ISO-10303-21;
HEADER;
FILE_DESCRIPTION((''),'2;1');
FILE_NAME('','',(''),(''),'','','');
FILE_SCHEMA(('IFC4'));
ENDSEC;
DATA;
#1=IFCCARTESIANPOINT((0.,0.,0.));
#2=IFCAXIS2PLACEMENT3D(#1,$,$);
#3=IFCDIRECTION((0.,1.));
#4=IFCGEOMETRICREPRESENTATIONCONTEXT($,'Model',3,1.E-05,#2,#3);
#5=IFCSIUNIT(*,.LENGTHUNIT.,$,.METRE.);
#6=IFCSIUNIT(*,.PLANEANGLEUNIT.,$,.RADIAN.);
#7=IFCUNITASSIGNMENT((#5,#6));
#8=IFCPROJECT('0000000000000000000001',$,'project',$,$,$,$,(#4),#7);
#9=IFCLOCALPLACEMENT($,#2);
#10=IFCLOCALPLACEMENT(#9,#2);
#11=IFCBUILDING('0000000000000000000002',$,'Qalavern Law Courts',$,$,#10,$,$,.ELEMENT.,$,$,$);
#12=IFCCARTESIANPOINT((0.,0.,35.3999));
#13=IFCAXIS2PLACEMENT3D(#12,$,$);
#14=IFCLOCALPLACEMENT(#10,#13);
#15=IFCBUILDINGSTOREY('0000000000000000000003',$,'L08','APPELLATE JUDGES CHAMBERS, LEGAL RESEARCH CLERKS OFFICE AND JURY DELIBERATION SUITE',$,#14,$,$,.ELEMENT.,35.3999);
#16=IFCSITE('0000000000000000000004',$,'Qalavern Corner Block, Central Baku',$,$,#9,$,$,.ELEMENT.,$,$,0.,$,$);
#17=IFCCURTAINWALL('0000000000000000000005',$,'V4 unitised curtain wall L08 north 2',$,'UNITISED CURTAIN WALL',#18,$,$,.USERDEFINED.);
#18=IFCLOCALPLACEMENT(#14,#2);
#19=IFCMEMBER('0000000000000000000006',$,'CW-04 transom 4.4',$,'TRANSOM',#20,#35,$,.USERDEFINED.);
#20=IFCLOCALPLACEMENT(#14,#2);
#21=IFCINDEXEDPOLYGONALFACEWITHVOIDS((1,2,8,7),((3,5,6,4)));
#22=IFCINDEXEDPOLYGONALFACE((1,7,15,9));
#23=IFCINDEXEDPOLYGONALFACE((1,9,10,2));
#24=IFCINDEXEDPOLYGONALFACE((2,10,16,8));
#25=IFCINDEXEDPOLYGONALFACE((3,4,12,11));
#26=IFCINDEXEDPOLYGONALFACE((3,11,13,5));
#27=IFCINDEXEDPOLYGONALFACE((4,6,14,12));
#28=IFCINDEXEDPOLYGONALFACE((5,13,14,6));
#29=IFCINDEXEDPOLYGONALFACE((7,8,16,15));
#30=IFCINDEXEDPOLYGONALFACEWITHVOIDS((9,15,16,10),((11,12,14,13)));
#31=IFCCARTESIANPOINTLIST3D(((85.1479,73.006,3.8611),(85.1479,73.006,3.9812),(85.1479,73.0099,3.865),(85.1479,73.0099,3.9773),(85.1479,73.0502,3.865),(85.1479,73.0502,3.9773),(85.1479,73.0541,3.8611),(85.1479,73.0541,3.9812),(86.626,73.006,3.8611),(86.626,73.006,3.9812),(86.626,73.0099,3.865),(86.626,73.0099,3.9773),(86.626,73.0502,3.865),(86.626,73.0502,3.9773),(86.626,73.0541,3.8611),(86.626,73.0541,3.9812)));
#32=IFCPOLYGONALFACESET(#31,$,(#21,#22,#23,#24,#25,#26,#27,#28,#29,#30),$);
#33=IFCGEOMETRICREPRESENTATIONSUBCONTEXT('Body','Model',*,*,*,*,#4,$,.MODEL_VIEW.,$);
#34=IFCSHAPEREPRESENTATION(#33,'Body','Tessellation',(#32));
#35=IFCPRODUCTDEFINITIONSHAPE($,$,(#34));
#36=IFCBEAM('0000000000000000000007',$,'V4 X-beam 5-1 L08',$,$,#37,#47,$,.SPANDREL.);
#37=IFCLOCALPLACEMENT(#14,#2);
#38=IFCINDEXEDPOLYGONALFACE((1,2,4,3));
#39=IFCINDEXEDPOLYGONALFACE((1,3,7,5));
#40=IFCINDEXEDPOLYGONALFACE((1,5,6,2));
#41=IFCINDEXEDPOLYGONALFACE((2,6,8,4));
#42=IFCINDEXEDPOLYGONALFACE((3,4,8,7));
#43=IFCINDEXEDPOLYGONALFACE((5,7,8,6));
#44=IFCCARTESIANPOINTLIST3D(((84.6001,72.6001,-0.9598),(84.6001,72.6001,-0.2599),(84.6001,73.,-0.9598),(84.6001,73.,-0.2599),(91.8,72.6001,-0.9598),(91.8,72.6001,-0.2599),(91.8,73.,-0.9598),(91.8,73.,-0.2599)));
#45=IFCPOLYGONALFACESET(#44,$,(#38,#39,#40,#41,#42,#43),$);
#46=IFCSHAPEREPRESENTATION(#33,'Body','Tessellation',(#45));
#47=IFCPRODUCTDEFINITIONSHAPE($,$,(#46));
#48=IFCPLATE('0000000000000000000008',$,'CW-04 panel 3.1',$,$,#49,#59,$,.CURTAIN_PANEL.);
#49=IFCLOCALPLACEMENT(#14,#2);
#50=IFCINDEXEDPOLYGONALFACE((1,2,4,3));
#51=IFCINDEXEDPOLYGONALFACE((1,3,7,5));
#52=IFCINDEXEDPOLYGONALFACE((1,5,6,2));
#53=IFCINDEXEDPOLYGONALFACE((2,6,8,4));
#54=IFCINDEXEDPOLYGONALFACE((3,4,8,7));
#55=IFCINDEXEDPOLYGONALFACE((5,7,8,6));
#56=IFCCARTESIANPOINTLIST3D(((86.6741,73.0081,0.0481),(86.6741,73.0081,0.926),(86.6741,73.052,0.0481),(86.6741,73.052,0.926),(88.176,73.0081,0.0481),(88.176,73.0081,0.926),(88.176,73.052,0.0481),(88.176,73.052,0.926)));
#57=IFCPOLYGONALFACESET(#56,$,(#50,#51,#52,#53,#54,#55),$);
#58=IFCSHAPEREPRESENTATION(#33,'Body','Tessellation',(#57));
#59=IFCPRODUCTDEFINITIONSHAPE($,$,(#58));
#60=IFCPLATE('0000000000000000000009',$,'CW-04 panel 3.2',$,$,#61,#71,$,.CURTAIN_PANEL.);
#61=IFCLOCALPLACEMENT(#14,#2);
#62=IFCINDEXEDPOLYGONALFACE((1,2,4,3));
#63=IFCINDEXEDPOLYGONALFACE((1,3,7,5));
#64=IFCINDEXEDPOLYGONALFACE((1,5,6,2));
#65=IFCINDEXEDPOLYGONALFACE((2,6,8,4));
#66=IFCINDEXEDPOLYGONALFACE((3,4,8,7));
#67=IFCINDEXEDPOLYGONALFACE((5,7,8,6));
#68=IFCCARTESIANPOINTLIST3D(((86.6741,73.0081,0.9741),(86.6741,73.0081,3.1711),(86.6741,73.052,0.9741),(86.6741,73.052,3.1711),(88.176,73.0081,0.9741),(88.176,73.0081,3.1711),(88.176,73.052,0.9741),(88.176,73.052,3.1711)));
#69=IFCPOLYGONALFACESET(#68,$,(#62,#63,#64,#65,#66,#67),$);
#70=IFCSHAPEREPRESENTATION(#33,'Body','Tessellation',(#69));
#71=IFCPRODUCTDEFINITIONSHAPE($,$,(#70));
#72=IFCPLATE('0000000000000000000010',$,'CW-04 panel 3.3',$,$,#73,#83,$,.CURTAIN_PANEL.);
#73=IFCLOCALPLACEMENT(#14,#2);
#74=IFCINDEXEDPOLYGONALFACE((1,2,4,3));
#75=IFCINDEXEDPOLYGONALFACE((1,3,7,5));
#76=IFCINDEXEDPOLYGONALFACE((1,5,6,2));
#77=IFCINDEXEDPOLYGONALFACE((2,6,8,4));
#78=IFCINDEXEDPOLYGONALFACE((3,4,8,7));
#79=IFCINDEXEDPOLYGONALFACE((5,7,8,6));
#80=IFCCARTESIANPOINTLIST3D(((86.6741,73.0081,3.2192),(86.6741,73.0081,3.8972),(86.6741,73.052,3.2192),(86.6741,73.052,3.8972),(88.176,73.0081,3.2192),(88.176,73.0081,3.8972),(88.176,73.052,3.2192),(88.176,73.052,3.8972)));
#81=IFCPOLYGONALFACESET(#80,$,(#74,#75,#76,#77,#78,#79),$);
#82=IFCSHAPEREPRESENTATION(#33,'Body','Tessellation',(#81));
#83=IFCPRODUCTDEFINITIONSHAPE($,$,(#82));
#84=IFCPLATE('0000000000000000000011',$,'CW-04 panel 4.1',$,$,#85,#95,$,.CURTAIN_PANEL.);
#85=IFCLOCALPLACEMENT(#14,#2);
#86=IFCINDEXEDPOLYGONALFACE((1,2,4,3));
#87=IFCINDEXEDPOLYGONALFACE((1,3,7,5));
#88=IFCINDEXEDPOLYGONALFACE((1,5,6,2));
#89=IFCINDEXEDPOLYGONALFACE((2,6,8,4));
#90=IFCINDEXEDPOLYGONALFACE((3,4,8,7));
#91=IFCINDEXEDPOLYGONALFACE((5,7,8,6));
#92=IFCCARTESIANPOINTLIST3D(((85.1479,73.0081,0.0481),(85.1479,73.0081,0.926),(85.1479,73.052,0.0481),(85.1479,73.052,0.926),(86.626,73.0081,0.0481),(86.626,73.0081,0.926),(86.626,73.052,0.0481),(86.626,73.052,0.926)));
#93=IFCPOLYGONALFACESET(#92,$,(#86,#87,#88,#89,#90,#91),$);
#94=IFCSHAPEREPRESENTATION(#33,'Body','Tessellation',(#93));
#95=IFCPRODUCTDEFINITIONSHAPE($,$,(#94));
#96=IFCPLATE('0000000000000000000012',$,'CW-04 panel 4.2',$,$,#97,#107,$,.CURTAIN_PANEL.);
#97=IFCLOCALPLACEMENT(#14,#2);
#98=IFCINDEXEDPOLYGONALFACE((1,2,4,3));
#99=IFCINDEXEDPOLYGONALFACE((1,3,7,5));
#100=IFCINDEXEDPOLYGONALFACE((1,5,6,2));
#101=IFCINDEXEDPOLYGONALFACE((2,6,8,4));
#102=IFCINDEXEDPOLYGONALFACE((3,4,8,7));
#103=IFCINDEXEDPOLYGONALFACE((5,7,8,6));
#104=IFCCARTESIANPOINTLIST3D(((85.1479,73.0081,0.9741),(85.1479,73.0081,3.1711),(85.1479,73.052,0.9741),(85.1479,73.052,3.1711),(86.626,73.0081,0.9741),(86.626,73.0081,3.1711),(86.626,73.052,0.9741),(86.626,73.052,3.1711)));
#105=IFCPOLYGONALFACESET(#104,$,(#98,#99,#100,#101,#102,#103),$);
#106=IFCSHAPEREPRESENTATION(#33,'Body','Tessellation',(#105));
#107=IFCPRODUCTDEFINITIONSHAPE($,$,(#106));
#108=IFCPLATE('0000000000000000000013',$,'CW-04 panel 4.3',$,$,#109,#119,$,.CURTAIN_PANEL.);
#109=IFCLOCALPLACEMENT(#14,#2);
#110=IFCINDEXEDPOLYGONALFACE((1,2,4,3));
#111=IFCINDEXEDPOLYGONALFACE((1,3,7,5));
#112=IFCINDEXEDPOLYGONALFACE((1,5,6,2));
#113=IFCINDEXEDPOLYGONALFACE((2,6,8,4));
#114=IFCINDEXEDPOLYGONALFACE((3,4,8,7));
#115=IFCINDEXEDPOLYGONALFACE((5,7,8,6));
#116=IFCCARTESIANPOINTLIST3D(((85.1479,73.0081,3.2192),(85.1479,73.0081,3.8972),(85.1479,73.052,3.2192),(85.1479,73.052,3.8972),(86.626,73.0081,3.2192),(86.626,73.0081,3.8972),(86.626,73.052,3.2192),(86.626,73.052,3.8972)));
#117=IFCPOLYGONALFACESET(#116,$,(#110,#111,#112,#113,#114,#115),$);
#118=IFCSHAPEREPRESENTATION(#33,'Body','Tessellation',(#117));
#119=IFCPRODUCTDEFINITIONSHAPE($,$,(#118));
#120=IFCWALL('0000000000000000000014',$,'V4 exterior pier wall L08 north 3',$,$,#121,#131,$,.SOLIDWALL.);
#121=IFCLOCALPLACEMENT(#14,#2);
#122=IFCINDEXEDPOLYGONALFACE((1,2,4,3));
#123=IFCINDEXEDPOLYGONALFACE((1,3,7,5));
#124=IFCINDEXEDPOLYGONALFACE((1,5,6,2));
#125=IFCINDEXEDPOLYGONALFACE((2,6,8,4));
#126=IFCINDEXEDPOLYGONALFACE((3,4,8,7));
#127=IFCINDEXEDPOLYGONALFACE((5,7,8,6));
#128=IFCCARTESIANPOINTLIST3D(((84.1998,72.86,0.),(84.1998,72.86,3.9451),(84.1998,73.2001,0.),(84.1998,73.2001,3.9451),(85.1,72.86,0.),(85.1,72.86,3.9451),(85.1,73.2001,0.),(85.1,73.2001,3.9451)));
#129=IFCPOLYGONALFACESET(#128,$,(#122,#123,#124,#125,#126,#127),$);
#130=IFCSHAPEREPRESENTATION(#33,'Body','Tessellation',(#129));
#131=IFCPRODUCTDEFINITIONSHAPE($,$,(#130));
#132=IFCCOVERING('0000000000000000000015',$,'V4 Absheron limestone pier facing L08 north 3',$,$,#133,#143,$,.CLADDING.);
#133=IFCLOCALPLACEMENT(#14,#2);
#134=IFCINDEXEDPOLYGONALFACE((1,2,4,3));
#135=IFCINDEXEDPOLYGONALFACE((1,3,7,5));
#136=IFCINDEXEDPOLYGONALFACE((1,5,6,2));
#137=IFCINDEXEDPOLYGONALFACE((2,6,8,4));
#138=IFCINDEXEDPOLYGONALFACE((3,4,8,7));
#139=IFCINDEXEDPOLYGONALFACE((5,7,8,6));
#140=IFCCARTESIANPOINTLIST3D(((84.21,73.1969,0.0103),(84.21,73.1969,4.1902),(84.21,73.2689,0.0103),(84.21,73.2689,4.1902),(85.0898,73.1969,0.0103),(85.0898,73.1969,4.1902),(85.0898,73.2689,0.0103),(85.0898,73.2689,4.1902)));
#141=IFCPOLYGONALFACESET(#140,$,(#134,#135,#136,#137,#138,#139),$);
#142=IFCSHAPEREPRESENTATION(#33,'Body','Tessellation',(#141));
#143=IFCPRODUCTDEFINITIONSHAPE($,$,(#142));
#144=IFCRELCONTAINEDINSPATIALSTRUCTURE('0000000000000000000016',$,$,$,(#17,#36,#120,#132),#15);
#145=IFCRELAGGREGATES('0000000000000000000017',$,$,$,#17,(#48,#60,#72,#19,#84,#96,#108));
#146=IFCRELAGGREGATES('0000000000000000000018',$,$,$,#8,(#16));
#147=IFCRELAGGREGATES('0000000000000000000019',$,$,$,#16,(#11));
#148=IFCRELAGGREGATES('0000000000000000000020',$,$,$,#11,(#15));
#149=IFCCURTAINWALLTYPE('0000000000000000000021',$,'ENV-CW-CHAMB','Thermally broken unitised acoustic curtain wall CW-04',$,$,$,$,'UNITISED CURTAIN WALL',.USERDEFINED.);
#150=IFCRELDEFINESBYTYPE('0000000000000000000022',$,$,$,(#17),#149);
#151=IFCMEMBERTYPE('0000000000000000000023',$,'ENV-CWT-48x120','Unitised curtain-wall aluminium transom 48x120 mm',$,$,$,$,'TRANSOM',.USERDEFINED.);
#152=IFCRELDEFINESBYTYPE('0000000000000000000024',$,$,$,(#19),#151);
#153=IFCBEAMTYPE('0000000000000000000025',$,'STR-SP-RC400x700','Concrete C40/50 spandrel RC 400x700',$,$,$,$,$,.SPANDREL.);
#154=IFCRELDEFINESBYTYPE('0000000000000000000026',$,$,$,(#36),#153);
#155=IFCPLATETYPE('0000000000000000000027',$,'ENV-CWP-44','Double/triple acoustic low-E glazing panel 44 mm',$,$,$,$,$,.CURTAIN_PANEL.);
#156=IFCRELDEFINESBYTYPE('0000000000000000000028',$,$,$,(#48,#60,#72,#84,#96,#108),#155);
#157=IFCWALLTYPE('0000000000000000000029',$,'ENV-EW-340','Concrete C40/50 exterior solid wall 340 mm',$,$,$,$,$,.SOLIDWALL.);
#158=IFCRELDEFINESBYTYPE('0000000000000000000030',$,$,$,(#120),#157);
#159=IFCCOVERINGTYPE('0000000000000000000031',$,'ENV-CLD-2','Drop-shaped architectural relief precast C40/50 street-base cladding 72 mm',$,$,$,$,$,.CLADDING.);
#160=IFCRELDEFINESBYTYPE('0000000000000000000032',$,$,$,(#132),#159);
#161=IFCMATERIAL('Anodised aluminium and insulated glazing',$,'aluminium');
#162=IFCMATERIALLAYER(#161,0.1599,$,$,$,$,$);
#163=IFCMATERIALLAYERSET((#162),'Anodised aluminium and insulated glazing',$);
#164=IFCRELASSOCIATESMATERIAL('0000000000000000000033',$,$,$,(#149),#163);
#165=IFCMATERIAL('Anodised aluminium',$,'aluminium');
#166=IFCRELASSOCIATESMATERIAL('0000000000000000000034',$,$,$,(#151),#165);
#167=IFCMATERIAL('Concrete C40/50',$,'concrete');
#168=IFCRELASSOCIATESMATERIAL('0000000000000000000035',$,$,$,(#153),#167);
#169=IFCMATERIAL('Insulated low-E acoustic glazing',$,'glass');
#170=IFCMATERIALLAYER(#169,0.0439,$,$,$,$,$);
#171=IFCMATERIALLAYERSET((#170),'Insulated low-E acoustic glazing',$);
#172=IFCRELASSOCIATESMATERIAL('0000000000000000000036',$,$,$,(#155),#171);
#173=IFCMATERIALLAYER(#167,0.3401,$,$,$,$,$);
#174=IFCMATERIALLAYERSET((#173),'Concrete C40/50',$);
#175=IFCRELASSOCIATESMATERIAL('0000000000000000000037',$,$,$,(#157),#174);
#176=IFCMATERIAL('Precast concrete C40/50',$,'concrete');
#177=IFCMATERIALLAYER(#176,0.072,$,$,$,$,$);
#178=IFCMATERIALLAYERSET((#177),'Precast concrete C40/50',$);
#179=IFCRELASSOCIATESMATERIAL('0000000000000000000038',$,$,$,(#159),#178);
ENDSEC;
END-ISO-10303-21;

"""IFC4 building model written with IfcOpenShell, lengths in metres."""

from ifc_helpers import new_model, si_unit, direction, frame, frame_2d, origin, origin_2d, place, context, subcontext, project, spatial, rectangle, hollow_rectangle, extrude, material, layer, layer_set, material_profile, profile_set, type_object, element, aggregate, save


model = new_model("IFC4")

# Units and contexts
model_context = context("Model", 3, precision=1e-05, world=origin(), true_north=direction((0.0, 1.0)))
body_context = subcontext(model_context, "Body", "Model", "MODEL_VIEW")
ifc_project = project(units=[si_unit("LENGTHUNIT", "METRE"), si_unit("PLANEANGLEUNIT", "RADIAN")], contexts=[model_context])

# Site, building, storey
site_placement = place(None, origin())
site = spatial("IfcSite", under=ifc_project, at=site_placement, Name="Qalavern Corner Block, Central Baku", CompositionType="ELEMENT", RefElevation=0.0)
building_placement = place(site_placement, origin())
building = spatial("IfcBuilding", under=site, at=building_placement, Name="Qalavern Law Courts", CompositionType="ELEMENT")
storey_placement = place(building_placement, frame((0.0, 0.0, 35.3999)))
storey = spatial("IfcBuildingStorey", under=building, at=storey_placement, Name="L08", Description="APPELLATE JUDGES CHAMBERS, LEGAL RESEARCH CLERKS OFFICE AND JURY DELIBERATION SUITE", CompositionType="ELEMENT", Elevation=35.3999)

# Curtain wall, member
ifc_material_1 = material(Name="Anodised aluminium and insulated glazing", Category="aluminium")
ifc_layer_1 = layer(ifc_material_1, 0.1599)
ifc_layer_set_1 = layer_set([ifc_layer_1], Name="Anodised aluminium and insulated glazing")
curtain_wall_type = type_object("IfcCurtainWallType", Name="ENV-CW-CHAMB", Description="Thermally broken unitised acoustic curtain wall CW-04", ElementType="UNITISED CURTAIN WALL", PredefinedType="USERDEFINED", material=ifc_layer_set_1)
curtain_wall_placement = place(storey_placement, origin())
curtain_wall = element("IfcCurtainWall", 1, at=curtain_wall_placement, inside=storey, type_object=curtain_wall_type, Name="V4 unitised curtain wall L08 north 2", ObjectType="UNITISED CURTAIN WALL", PredefinedType="USERDEFINED")
ifc_material_2 = material(Name="Anodised aluminium", Category="aluminium")
ifc_material_profile_1 = material_profile(ifc_material_2, hollow_rectangle(XDim=0.0481, YDim=0.1201, WallThickness=0.0039, at=origin_2d()), Name="ALU TRANSOM 48x120")
ifc_profile_set_1 = profile_set([ifc_material_profile_1], Name="Anodised aluminium")
member_type_1 = type_object("IfcMemberType", Name="ENV-CWT-48x120", Description="Unitised curtain-wall aluminium transom 48x120 mm", ElementType="TRANSOM", PredefinedType="USERDEFINED", material=ifc_profile_set_1)
member_1_placement = place(storey_placement, frame((86.626, 73.03, 3.9211), z_axis=(-1.0, 0.0, 0.0), x_axis=(0.0, -1.0, 0.0)))
member_1 = element("IfcMember", 2, at=member_1_placement, type_object=member_type_1, Name="CW-04 transom 4.4", ObjectType="TRANSOM", PredefinedType="USERDEFINED", context=body_context, shape_type="SweptSolid", body=[
    extrude(hollow_rectangle(XDim=0.0481, YDim=0.1201, WallThickness=0.0039, at=origin_2d()), origin(), (0.0, 0.0, 1.0), 1.478),
])

# Beam
ifc_material_3 = material(Name="Concrete C40/50", Category="concrete")
ifc_material_profile_2 = material_profile(ifc_material_3, rectangle(XDim=0.3999, YDim=0.7, at=origin_2d()), Name="RC 400x700")
ifc_profile_set_2 = profile_set([ifc_material_profile_2], Name="Concrete C40/50")
beam_type = type_object("IfcBeamType", Name="STR-SP-RC400x700", Description="Concrete C40/50 spandrel RC 400x700", PredefinedType="SPANDREL", material=ifc_profile_set_2)
beam_placement = place(storey_placement, frame((84.6001, 72.8, -0.6099), z_axis=(1.0, 0.0, 0.0), x_axis=(0.0, 1.0, 0.0)))
element("IfcBeam", 3, at=beam_placement, inside=storey, type_object=beam_type, Name="V4 X-beam 5-1 L08", PredefinedType="SPANDREL", context=body_context, shape_type="SweptSolid", body=[
    extrude(rectangle(XDim=0.3999, YDim=0.7, at=origin_2d()), origin(), (0.0, 0.0, 1.0), 7.2),
])

# Plates
ifc_material_4 = material(Name="Insulated low-E acoustic glazing", Category="glass")
ifc_layer_2 = layer(ifc_material_4, 0.0439)
ifc_layer_set_2 = layer_set([ifc_layer_2], Name="Insulated low-E acoustic glazing")
plate_type = type_object("IfcPlateType", Name="ENV-CWP-44", Description="Double/triple acoustic low-E glazing panel 44 mm", PredefinedType="CURTAIN_PANEL", material=ifc_layer_set_2)
plate_1_placement = place(storey_placement, frame((87.425, 73.03, 0.0481), z_axis=(0.0, 0.0, 1.0), x_axis=(-1.0, 0.0, 0.0)))
plate_1 = element("IfcPlate", 4, at=plate_1_placement, type_object=plate_type, Name="CW-04 panel 3.1", PredefinedType="CURTAIN_PANEL", context=body_context, shape_type="SweptSolid", body=[
    extrude(rectangle(XDim=1.502, YDim=0.0439, at=origin_2d()), origin(), (0.0, 0.0, 1.0), 0.8779),
])
plate_2_placement = place(storey_placement, frame((87.425, 73.03, 0.9741), z_axis=(0.0, 0.0, 1.0), x_axis=(-1.0, 0.0, 0.0)))
plate_2 = element("IfcPlate", 5, at=plate_2_placement, type_object=plate_type, Name="CW-04 panel 3.2", PredefinedType="CURTAIN_PANEL", context=body_context, shape_type="SweptSolid", body=[
    extrude(rectangle(XDim=1.502, YDim=0.0439, at=origin_2d()), origin(), (0.0, 0.0, 1.0), 2.197),
])
plate_3_placement = place(storey_placement, frame((87.425, 73.03, 3.2192), z_axis=(0.0, 0.0, 1.0), x_axis=(-1.0, 0.0, 0.0)))
plate_3 = element("IfcPlate", 6, at=plate_3_placement, type_object=plate_type, Name="CW-04 panel 3.3", PredefinedType="CURTAIN_PANEL", context=body_context, shape_type="SweptSolid", body=[
    extrude(rectangle(XDim=1.502, YDim=0.0439, at=origin_2d()), origin(), (0.0, 0.0, 1.0), 0.678),
])
plate_4_placement = place(storey_placement, frame((85.887, 73.03, 0.0481), z_axis=(0.0, 0.0, 1.0), x_axis=(-1.0, 0.0, 0.0)))
plate_4 = element("IfcPlate", 7, at=plate_4_placement, type_object=plate_type, Name="CW-04 panel 4.1", PredefinedType="CURTAIN_PANEL", context=body_context, shape_type="SweptSolid", body=[
    extrude(rectangle(XDim=1.478, YDim=0.0439, at=origin_2d()), origin(), (0.0, 0.0, 1.0), 0.8779),
])
plate_5_placement = place(storey_placement, frame((85.887, 73.03, 0.9741), z_axis=(0.0, 0.0, 1.0), x_axis=(-1.0, 0.0, 0.0)))
plate_5 = element("IfcPlate", 8, at=plate_5_placement, type_object=plate_type, Name="CW-04 panel 4.2", PredefinedType="CURTAIN_PANEL", context=body_context, shape_type="SweptSolid", body=[
    extrude(rectangle(XDim=1.478, YDim=0.0439, at=origin_2d()), origin(), (0.0, 0.0, 1.0), 2.197),
])
plate_6_placement = place(storey_placement, frame((85.887, 73.03, 3.2192), z_axis=(0.0, 0.0, 1.0), x_axis=(-1.0, 0.0, 0.0)))
plate_6 = element("IfcPlate", 9, at=plate_6_placement, type_object=plate_type, Name="CW-04 panel 4.3", PredefinedType="CURTAIN_PANEL", context=body_context, shape_type="SweptSolid", body=[
    extrude(rectangle(XDim=1.478, YDim=0.0439, at=origin_2d()), origin(), (0.0, 0.0, 1.0), 0.678),
])
aggregate(curtain_wall, [plate_1, plate_2, plate_3, member_1, plate_4, plate_5, plate_6])

# Wall
ifc_layer_3 = layer(ifc_material_3, 0.3401)
ifc_layer_set_3 = layer_set([ifc_layer_3], Name="Concrete C40/50")
wall_type = type_object("IfcWallType", Name="ENV-EW-340", Description="Concrete C40/50 exterior solid wall 340 mm", PredefinedType="SOLIDWALL", material=ifc_layer_set_3)
wall_placement = place(storey_placement, frame((85.1001, 73.03, 0.0), z_axis=(0.0, 0.0, 1.0), x_axis=(-1.0, 0.0, 0.0)))
element("IfcWall", 10, at=wall_placement, inside=storey, type_object=wall_type, Name="V4 exterior pier wall L08 north 3", PredefinedType="SOLIDWALL", context=body_context, shape_type="SweptSolid", body=[
    extrude(rectangle(XDim=0.9001, YDim=0.3401, at=frame_2d((0.4502, 0.0))), origin(), (0.0, 0.0, 1.0), 3.9451),
])

# Covering
ifc_material_5 = material(Name="Precast concrete C40/50", Category="concrete")
ifc_layer_4 = layer(ifc_material_5, 0.072)
ifc_layer_set_4 = layer_set([ifc_layer_4], Name="Precast concrete C40/50")
covering_type = type_object("IfcCoveringType", Name="ENV-CLD-2", Description="Drop-shaped architectural relief precast C40/50 street-base cladding 72 mm", PredefinedType="CLADDING", material=ifc_layer_set_4)
covering_placement = place(storey_placement, frame((84.6499, 73.2329, 0.0103), z_axis=(0.0, 0.0, 1.0), x_axis=(-1.0, 0.0, 0.0)))
element("IfcCovering", 11, at=covering_placement, inside=storey, type_object=covering_type, Name="V4 Absheron limestone pier facing L08 north 3", PredefinedType="CLADDING", context=body_context, shape_type="SweptSolid", body=[
    extrude(rectangle(XDim=0.8799, YDim=0.072, at=origin_2d()), origin(), (0.0, 0.0, 1.0), 4.1799),
])

save(model, "model.ifc")
